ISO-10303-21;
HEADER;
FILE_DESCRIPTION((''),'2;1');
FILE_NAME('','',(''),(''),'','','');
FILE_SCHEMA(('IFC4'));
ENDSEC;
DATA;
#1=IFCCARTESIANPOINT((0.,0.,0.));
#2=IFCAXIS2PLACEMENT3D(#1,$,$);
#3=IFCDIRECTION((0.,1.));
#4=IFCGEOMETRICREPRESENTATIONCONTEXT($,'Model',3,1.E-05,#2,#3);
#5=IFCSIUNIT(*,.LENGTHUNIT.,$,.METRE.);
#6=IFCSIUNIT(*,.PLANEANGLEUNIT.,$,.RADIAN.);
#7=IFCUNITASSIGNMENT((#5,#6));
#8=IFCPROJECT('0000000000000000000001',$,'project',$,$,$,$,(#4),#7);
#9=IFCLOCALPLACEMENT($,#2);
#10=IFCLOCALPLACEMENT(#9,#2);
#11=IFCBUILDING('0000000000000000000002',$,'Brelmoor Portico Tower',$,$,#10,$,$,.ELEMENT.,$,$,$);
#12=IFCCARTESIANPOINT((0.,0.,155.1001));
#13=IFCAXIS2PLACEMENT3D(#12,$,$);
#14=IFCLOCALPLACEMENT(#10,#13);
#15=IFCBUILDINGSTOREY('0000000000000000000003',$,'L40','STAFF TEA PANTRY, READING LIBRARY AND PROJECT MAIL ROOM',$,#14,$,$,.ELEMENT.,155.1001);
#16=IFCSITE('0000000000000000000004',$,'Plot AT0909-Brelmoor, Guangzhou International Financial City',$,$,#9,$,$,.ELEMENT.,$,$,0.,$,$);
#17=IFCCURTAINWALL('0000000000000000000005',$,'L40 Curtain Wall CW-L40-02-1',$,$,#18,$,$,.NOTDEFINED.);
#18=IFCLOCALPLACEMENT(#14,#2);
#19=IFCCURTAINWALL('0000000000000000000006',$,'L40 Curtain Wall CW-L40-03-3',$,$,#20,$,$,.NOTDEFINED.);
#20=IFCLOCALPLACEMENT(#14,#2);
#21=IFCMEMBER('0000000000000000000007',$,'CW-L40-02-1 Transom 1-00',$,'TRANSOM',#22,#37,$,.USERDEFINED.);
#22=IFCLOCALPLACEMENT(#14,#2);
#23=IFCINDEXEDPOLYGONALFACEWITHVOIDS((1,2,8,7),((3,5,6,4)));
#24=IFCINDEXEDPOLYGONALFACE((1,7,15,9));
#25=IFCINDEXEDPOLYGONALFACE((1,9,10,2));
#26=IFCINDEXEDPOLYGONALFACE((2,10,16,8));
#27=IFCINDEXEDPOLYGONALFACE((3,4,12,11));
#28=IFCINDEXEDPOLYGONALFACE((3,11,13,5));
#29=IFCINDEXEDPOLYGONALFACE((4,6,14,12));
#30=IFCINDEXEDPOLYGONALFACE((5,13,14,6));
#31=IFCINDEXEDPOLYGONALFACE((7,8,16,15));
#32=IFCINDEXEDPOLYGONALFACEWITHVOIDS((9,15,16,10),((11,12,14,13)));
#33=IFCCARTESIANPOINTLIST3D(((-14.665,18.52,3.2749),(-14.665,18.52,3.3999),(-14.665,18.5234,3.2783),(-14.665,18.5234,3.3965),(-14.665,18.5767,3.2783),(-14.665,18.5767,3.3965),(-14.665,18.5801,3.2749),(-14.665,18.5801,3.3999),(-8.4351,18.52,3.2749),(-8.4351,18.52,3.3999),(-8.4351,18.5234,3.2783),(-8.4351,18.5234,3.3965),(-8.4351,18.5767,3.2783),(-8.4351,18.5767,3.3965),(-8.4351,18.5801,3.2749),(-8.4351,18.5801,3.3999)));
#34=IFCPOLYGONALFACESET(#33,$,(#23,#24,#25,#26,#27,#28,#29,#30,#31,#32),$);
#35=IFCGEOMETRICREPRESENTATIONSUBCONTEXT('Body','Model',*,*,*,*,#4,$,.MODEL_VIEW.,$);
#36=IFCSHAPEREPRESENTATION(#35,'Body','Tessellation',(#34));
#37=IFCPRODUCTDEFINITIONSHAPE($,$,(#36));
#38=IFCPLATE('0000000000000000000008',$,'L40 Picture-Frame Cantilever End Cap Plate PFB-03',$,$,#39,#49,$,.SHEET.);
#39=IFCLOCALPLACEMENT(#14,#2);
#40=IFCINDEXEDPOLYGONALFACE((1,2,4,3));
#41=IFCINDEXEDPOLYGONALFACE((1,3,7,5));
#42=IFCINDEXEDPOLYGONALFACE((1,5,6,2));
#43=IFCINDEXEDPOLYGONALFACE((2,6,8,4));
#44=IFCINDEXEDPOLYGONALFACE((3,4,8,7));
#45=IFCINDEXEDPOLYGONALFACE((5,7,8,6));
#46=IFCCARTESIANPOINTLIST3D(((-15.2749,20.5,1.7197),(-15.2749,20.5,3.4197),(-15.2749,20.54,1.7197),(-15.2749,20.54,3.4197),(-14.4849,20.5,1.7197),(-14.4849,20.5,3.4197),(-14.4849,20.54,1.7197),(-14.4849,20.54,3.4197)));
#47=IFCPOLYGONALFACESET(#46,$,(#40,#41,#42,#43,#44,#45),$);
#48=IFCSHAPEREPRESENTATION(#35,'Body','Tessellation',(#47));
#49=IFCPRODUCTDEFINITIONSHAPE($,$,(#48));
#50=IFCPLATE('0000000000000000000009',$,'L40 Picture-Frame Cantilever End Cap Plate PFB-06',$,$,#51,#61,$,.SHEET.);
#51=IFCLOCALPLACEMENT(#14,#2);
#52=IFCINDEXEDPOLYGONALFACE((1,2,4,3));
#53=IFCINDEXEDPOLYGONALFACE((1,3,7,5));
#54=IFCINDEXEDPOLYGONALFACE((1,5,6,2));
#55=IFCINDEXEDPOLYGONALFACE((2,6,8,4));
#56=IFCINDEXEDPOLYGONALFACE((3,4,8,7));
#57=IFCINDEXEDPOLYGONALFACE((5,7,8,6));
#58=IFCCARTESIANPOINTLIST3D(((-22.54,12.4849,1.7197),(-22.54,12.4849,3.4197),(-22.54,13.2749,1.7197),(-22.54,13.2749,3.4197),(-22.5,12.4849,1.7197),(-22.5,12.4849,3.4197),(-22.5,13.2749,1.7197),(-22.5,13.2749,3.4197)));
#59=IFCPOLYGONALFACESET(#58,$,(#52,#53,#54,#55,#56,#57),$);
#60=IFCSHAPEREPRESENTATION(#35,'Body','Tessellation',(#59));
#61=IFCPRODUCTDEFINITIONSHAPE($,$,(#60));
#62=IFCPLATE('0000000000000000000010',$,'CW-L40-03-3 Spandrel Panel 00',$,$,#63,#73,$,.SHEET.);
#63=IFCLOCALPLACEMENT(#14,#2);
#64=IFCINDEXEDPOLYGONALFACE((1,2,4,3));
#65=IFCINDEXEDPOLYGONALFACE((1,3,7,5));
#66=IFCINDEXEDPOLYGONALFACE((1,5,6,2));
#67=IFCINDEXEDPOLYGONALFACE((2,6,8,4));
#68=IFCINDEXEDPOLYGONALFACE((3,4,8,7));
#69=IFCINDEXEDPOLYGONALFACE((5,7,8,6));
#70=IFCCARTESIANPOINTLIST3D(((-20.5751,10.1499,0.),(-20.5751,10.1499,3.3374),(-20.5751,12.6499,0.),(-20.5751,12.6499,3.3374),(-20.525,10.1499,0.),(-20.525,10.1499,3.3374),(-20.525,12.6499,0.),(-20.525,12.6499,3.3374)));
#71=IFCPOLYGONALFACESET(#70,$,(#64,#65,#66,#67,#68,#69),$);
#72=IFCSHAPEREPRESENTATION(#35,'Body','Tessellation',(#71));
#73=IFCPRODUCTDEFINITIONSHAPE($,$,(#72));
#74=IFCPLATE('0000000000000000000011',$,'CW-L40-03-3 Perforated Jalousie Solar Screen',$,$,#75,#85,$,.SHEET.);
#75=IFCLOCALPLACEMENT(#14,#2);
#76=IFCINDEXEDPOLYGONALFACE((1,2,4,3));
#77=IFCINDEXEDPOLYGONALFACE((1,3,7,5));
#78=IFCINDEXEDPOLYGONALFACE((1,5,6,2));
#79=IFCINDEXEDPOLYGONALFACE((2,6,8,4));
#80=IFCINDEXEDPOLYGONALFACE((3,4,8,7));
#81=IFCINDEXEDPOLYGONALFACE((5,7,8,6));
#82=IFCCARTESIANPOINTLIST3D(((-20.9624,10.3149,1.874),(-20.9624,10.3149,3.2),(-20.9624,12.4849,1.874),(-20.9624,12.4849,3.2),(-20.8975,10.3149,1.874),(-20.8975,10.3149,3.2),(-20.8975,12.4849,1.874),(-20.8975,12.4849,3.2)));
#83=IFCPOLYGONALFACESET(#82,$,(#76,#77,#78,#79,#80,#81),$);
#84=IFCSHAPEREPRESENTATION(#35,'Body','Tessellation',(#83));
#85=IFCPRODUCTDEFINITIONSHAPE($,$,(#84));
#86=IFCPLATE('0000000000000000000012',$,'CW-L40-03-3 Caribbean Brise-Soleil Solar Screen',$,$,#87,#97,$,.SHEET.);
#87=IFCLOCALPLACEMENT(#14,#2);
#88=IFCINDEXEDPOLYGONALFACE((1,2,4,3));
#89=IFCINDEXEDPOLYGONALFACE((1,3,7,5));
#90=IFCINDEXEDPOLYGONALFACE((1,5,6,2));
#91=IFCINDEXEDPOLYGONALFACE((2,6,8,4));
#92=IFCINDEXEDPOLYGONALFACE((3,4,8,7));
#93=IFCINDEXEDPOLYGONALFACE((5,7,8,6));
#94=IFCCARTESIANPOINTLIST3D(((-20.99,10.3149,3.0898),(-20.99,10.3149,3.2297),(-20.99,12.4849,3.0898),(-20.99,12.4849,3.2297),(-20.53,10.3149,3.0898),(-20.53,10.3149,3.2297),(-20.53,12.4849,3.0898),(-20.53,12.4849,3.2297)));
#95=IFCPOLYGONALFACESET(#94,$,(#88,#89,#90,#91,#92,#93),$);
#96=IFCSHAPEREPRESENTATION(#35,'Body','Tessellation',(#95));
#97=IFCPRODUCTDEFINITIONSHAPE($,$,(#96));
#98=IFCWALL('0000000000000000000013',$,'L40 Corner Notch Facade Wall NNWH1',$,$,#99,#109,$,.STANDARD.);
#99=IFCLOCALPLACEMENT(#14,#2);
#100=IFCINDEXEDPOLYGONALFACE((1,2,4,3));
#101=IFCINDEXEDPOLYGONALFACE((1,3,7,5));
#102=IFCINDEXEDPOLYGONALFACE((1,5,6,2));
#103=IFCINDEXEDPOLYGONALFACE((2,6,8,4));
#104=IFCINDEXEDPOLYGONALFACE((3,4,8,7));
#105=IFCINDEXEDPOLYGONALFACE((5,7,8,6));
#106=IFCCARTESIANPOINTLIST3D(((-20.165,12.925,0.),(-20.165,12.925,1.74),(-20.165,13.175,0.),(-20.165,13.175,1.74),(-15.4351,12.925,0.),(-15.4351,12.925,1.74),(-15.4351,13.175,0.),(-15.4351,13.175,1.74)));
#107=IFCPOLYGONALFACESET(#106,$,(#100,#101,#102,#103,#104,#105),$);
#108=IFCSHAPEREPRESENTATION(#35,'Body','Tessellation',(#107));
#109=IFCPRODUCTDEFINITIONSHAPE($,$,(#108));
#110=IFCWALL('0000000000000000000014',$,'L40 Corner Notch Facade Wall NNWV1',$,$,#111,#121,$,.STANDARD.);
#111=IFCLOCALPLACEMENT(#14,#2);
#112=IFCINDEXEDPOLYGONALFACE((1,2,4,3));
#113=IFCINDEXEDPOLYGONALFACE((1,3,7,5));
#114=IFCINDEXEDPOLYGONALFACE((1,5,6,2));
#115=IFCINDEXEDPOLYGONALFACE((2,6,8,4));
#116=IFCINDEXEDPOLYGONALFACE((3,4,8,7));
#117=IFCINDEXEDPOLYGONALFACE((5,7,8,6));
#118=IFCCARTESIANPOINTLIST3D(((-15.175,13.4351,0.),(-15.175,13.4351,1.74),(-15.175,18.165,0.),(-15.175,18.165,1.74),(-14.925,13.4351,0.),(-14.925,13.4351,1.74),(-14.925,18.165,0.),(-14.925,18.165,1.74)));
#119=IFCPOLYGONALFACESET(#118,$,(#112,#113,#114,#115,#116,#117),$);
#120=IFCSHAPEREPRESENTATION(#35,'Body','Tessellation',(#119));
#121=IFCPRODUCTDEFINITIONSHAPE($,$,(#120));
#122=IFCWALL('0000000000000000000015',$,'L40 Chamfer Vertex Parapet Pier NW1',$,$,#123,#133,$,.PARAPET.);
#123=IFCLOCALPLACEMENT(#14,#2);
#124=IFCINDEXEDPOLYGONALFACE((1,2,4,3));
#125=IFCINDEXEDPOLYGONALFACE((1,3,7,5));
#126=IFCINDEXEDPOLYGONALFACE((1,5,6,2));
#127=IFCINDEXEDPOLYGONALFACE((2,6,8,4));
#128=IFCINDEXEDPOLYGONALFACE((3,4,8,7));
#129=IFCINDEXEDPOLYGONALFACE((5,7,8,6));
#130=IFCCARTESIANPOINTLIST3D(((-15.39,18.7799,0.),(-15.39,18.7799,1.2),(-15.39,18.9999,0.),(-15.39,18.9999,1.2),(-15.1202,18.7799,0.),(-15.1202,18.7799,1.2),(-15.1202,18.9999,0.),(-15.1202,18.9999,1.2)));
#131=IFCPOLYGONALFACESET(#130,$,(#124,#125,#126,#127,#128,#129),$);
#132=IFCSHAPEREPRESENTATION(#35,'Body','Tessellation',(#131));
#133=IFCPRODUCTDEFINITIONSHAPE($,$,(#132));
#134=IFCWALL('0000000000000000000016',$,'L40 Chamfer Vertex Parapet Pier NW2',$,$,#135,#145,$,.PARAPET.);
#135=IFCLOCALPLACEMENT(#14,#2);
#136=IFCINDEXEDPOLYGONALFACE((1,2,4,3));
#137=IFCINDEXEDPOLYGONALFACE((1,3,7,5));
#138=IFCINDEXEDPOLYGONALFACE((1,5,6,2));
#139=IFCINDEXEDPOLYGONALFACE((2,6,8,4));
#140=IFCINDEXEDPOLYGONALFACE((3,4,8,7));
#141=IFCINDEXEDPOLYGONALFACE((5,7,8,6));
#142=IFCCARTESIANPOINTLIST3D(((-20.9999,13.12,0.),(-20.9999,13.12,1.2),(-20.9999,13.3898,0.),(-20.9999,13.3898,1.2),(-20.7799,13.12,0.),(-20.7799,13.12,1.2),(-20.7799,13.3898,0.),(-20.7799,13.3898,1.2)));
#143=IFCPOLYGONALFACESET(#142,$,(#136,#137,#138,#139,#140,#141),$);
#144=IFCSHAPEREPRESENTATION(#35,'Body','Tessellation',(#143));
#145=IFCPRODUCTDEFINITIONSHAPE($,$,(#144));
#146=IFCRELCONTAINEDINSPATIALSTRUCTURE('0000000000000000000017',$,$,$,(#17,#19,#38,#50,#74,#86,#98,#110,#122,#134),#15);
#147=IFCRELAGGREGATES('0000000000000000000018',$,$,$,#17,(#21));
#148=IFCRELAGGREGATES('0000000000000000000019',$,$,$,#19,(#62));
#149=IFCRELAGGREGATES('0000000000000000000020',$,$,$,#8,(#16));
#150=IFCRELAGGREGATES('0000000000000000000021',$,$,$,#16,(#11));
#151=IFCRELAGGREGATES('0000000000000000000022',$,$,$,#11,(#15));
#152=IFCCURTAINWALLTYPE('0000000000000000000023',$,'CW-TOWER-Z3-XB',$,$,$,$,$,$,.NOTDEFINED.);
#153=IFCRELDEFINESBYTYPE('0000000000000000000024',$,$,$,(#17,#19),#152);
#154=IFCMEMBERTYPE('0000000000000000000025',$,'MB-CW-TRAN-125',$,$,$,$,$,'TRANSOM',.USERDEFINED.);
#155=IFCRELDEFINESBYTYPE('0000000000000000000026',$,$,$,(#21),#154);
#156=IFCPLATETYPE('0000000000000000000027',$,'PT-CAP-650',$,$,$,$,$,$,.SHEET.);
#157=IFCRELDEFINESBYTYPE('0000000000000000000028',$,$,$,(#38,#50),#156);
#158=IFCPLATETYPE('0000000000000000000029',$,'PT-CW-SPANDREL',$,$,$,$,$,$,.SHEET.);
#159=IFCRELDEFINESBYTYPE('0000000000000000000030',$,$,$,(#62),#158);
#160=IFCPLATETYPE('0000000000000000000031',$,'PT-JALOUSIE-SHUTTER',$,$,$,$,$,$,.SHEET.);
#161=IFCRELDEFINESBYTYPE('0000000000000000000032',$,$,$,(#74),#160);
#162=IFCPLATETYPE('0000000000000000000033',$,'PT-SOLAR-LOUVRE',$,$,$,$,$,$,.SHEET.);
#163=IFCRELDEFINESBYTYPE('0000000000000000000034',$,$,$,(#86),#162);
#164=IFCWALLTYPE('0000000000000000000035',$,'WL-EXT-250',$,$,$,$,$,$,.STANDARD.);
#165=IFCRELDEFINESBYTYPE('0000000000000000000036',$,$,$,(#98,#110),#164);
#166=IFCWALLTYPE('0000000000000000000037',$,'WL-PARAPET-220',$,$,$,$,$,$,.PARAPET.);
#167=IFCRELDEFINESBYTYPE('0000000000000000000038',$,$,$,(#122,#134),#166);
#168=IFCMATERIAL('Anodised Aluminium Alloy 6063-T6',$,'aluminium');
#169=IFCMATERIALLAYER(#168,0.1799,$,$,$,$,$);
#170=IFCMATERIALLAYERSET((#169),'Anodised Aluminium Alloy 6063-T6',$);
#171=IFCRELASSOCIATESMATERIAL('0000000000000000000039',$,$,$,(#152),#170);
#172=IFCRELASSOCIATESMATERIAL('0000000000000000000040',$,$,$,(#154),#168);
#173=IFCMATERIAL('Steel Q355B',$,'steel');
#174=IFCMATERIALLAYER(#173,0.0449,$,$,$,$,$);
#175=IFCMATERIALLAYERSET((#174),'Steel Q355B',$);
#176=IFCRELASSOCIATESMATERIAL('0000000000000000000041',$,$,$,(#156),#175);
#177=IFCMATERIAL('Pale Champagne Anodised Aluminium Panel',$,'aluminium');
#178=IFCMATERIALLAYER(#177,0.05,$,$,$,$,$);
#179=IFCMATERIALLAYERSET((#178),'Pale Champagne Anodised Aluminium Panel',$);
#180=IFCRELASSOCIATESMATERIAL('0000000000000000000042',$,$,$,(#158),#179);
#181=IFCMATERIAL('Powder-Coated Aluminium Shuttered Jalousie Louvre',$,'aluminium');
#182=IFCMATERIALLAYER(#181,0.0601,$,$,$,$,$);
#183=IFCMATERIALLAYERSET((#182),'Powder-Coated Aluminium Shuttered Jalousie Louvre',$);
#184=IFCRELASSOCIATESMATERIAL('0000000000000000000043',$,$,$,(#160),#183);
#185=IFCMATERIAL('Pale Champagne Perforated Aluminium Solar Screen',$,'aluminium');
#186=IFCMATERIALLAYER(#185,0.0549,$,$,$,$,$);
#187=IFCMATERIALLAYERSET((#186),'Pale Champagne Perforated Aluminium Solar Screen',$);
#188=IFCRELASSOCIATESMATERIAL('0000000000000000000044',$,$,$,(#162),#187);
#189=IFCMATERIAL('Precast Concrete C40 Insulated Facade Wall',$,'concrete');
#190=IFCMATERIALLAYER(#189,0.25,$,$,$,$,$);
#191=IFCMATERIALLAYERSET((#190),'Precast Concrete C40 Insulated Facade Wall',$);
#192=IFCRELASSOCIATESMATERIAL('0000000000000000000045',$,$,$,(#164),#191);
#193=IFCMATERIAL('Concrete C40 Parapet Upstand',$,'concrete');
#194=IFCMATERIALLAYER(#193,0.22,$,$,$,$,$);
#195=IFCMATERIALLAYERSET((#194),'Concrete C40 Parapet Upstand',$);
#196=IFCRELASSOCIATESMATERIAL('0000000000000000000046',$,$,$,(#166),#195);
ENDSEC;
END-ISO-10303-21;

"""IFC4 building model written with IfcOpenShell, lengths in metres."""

from ifc_helpers import new_model, si_unit, direction, frame, frame_2d, origin, origin_2d, place, context, subcontext, project, spatial, rectangle, hollow_rectangle, extrude, material, layer, layer_set, material_profile, profile_set, type_object, element, aggregate, save


model = new_model("IFC4")

# Units and contexts
model_context = context("Model", 3, precision=1e-05, world=origin(), true_north=direction((0.0, 1.0)))
body_context = subcontext(model_context, "Body", "Model", "MODEL_VIEW")
ifc_project = project(units=[si_unit("LENGTHUNIT", "METRE"), si_unit("PLANEANGLEUNIT", "RADIAN")], contexts=[model_context])

# Site, building, storey
site_placement = place(None, origin())
site = spatial("IfcSite", under=ifc_project, at=site_placement, Name="Plot AT0909-Brelmoor, Guangzhou International Financial City", CompositionType="ELEMENT", RefElevation=0.0)
building_placement = place(site_placement, origin())
building = spatial("IfcBuilding", under=site, at=building_placement, Name="Brelmoor Portico Tower", CompositionType="ELEMENT")
storey_placement = place(building_placement, frame((0.0, 0.0, 155.1001)))
storey = spatial("IfcBuildingStorey", under=building, at=storey_placement, Name="L40", Description="STAFF TEA PANTRY, READING LIBRARY AND PROJECT MAIL ROOM", CompositionType="ELEMENT", Elevation=155.1001)

# Shared definitions
ifc_material_1 = material(Name="Steel Q355B", Category="steel")

# Curtain walls
ifc_material_2 = material(Name="Anodised Aluminium Alloy 6063-T6", Category="aluminium")
ifc_layer_1 = layer(ifc_material_2, 0.1799)
ifc_layer_set_1 = layer_set([ifc_layer_1], Name="Anodised Aluminium Alloy 6063-T6")
curtain_wall_type = type_object("IfcCurtainWallType", Name="CW-TOWER-Z3-XB", PredefinedType="NOTDEFINED", material=ifc_layer_set_1)
curtain_wall_1_placement = place(storey_placement, origin())
curtain_wall_1 = element("IfcCurtainWall", 1, at=curtain_wall_1_placement, inside=storey, type_object=curtain_wall_type, Name="L40 Curtain Wall CW-L40-02-1", PredefinedType="NOTDEFINED")
curtain_wall_2_placement = place(storey_placement, origin())
curtain_wall_2 = element("IfcCurtainWall", 2, at=curtain_wall_2_placement, inside=storey, type_object=curtain_wall_type, Name="L40 Curtain Wall CW-L40-03-3", PredefinedType="NOTDEFINED")

# Member
ifc_material_profile_1 = material_profile(ifc_material_2, hollow_rectangle(XDim=0.0601, YDim=0.125, WallThickness=0.0034, at=origin_2d()), Name="ALU TRANSOM 60x125")
ifc_profile_set_1 = profile_set([ifc_material_profile_1], Name="Anodised Aluminium Alloy 6063-T6")
member_type_1 = type_object("IfcMemberType", Name="MB-CW-TRAN-125", ElementType="TRANSOM", PredefinedType="USERDEFINED", material=ifc_profile_set_1)
member_1_placement = place(storey_placement, frame((-14.665, 18.55, 3.3374), z_axis=(1.0, 0.0, 0.0), x_axis=(0.0, 1.0, 0.0)))
member_1 = element("IfcMember", 3, at=member_1_placement, type_object=member_type_1, Name="CW-L40-02-1 Transom 1-00", ObjectType="TRANSOM", PredefinedType="USERDEFINED", context=body_context, shape_type="SweptSolid", body=[
    extrude(hollow_rectangle(XDim=0.0601, YDim=0.125, WallThickness=0.0034, at=origin_2d()), origin(), (0.0, 0.0, 1.0), 6.23),
])
aggregate(curtain_wall_1, [member_1])

# Plates
ifc_layer_2 = layer(ifc_material_1, 0.0449)
ifc_layer_set_2 = layer_set([ifc_layer_2], Name="Steel Q355B")
plate_type_1 = type_object("IfcPlateType", Name="PT-CAP-650", PredefinedType="SHEET", material=ifc_layer_set_2)
plate_1_placement = place(storey_placement, frame((-14.8799, 20.52, 1.7197), z_axis=(0.0, 0.0, 1.0), x_axis=(1.0, 0.0, 0.0)))
element("IfcPlate", 4, at=plate_1_placement, inside=storey, type_object=plate_type_1, Name="L40 Picture-Frame Cantilever End Cap Plate PFB-03", PredefinedType="SHEET", context=body_context, shape_type="SweptSolid", body=[
    extrude(rectangle(XDim=0.79, YDim=0.04, at=origin_2d()), origin(), (0.0, 0.0, 1.0), 1.7),
])
plate_2_placement = place(storey_placement, frame((-22.52, 12.8799, 1.7197), z_axis=(0.0, 0.0, 1.0), x_axis=(1.0, 0.0, 0.0)))
element("IfcPlate", 5, at=plate_2_placement, inside=storey, type_object=plate_type_1, Name="L40 Picture-Frame Cantilever End Cap Plate PFB-06", PredefinedType="SHEET", context=body_context, shape_type="SweptSolid", body=[
    extrude(rectangle(XDim=0.04, YDim=0.79, at=origin_2d()), origin(), (0.0, 0.0, 1.0), 1.7),
])

# Plate
ifc_material_3 = material(Name="Pale Champagne Anodised Aluminium Panel", Category="aluminium")
ifc_layer_3 = layer(ifc_material_3, 0.05)
ifc_layer_set_3 = layer_set([ifc_layer_3], Name="Pale Champagne Anodised Aluminium Panel")
plate_type_2 = type_object("IfcPlateType", Name="PT-CW-SPANDREL", PredefinedType="SHEET", material=ifc_layer_set_3)
plate_3_placement = place(storey_placement, frame((-20.55, 11.3999, 0.0), z_axis=(0.0, 0.0, 1.0), x_axis=(0.0, 1.0, 0.0)))
plate_3 = element("IfcPlate", 6, at=plate_3_placement, type_object=plate_type_2, Name="CW-L40-03-3 Spandrel Panel 00", PredefinedType="SHEET", context=body_context, shape_type="SweptSolid", body=[
    extrude(rectangle(XDim=2.5, YDim=0.05, at=origin_2d()), origin(), (0.0, 0.0, 1.0), 3.3374),
])
aggregate(curtain_wall_2, [plate_3])

# Plates
ifc_material_4 = material(Name="Powder-Coated Aluminium Shuttered Jalousie Louvre", Category="aluminium")
ifc_layer_4 = layer(ifc_material_4, 0.0601)
ifc_layer_set_4 = layer_set([ifc_layer_4], Name="Powder-Coated Aluminium Shuttered Jalousie Louvre")
plate_type_3 = type_object("IfcPlateType", Name="PT-JALOUSIE-SHUTTER", PredefinedType="SHEET", material=ifc_layer_set_4)
plate_4_placement = place(storey_placement, frame((-20.9299, 11.3999, 1.874), z_axis=(0.0, 0.0, 1.0), x_axis=(0.0, 1.0, 0.0)))
element("IfcPlate", 7, at=plate_4_placement, inside=storey, type_object=plate_type_3, Name="CW-L40-03-3 Perforated Jalousie Solar Screen", PredefinedType="SHEET", context=body_context, shape_type="SweptSolid", body=[
    extrude(rectangle(XDim=2.1699, YDim=0.0649, at=origin_2d()), origin(), (0.0, 0.0, 1.0), 1.3259),
])
ifc_material_5 = material(Name="Pale Champagne Perforated Aluminium Solar Screen", Category="aluminium")
ifc_layer_5 = layer(ifc_material_5, 0.0549)
ifc_layer_set_5 = layer_set([ifc_layer_5], Name="Pale Champagne Perforated Aluminium Solar Screen")
plate_type_4 = type_object("IfcPlateType", Name="PT-SOLAR-LOUVRE", PredefinedType="SHEET", material=ifc_layer_set_5)
plate_5_placement = place(storey_placement, frame((-20.76, 11.3999, 3.0898), z_axis=(0.0, 0.0, 1.0), x_axis=(0.0, 1.0, 0.0)))
element("IfcPlate", 8, at=plate_5_placement, inside=storey, type_object=plate_type_4, Name="CW-L40-03-3 Caribbean Brise-Soleil Solar Screen", PredefinedType="SHEET", context=body_context, shape_type="SweptSolid", body=[
    extrude(rectangle(XDim=2.1699, YDim=0.46, at=origin_2d()), origin(), (0.0, 0.0, 1.0), 0.1399),
])

# Walls
ifc_material_6 = material(Name="Precast Concrete C40 Insulated Facade Wall", Category="concrete")
ifc_layer_6 = layer(ifc_material_6, 0.25)
ifc_layer_set_6 = layer_set([ifc_layer_6], Name="Precast Concrete C40 Insulated Facade Wall")
wall_type_1 = type_object("IfcWallType", Name="WL-EXT-250", PredefinedType="STANDARD", material=ifc_layer_set_6)
for number, where, z_axis, x_axis, name in (
    (9, (-20.165, 13.05, 0.0), (0.0, 0.0, 1.0), (1.0, 0.0, 0.0), "L40 Corner Notch Facade Wall NNWH1"),
    (10, (-15.05, 13.4351, 0.0), (0.0, 0.0, 1.0), (0.0, 1.0, 0.0), "L40 Corner Notch Facade Wall NNWV1"),
):
    element("IfcWall", number, at=place(storey_placement, frame(where, z_axis=z_axis, x_axis=x_axis)), inside=storey, type_object=wall_type_1, Name=name, PredefinedType="STANDARD", context=body_context, shape_type="SweptSolid", body=[
        extrude(rectangle(XDim=4.73, YDim=0.25, at=frame_2d((2.365, 0.0))), origin(), (0.0, 0.0, 1.0), 1.74),
    ])
ifc_material_7 = material(Name="Concrete C40 Parapet Upstand", Category="concrete")
ifc_layer_7 = layer(ifc_material_7, 0.22)
ifc_layer_set_7 = layer_set([ifc_layer_7], Name="Concrete C40 Parapet Upstand")
wall_type_2 = type_object("IfcWallType", Name="WL-PARAPET-220", PredefinedType="PARAPET", material=ifc_layer_set_7)
for number, where, z_axis, x_axis, name in (
    (11, (-15.3899, 18.8899, 0.0), (0.0, 0.0, 1.0), (1.0, 0.0, 0.0), "L40 Chamfer Vertex Parapet Pier NW1"),
    (12, (-20.8899, 13.1201, 0.0), (0.0, 0.0, 1.0), (0.0, 1.0, 0.0), "L40 Chamfer Vertex Parapet Pier NW2"),
):
    element("IfcWall", number, at=place(storey_placement, frame(where, z_axis=z_axis, x_axis=x_axis)), inside=storey, type_object=wall_type_2, Name=name, PredefinedType="PARAPET", context=body_context, shape_type="SweptSolid", body=[
        extrude(rectangle(XDim=0.2698, YDim=0.22, at=frame_2d((0.1348, 0.0))), origin(), (0.0, 0.0, 1.0), 1.2),
    ])

save(model, "model.ifc")
